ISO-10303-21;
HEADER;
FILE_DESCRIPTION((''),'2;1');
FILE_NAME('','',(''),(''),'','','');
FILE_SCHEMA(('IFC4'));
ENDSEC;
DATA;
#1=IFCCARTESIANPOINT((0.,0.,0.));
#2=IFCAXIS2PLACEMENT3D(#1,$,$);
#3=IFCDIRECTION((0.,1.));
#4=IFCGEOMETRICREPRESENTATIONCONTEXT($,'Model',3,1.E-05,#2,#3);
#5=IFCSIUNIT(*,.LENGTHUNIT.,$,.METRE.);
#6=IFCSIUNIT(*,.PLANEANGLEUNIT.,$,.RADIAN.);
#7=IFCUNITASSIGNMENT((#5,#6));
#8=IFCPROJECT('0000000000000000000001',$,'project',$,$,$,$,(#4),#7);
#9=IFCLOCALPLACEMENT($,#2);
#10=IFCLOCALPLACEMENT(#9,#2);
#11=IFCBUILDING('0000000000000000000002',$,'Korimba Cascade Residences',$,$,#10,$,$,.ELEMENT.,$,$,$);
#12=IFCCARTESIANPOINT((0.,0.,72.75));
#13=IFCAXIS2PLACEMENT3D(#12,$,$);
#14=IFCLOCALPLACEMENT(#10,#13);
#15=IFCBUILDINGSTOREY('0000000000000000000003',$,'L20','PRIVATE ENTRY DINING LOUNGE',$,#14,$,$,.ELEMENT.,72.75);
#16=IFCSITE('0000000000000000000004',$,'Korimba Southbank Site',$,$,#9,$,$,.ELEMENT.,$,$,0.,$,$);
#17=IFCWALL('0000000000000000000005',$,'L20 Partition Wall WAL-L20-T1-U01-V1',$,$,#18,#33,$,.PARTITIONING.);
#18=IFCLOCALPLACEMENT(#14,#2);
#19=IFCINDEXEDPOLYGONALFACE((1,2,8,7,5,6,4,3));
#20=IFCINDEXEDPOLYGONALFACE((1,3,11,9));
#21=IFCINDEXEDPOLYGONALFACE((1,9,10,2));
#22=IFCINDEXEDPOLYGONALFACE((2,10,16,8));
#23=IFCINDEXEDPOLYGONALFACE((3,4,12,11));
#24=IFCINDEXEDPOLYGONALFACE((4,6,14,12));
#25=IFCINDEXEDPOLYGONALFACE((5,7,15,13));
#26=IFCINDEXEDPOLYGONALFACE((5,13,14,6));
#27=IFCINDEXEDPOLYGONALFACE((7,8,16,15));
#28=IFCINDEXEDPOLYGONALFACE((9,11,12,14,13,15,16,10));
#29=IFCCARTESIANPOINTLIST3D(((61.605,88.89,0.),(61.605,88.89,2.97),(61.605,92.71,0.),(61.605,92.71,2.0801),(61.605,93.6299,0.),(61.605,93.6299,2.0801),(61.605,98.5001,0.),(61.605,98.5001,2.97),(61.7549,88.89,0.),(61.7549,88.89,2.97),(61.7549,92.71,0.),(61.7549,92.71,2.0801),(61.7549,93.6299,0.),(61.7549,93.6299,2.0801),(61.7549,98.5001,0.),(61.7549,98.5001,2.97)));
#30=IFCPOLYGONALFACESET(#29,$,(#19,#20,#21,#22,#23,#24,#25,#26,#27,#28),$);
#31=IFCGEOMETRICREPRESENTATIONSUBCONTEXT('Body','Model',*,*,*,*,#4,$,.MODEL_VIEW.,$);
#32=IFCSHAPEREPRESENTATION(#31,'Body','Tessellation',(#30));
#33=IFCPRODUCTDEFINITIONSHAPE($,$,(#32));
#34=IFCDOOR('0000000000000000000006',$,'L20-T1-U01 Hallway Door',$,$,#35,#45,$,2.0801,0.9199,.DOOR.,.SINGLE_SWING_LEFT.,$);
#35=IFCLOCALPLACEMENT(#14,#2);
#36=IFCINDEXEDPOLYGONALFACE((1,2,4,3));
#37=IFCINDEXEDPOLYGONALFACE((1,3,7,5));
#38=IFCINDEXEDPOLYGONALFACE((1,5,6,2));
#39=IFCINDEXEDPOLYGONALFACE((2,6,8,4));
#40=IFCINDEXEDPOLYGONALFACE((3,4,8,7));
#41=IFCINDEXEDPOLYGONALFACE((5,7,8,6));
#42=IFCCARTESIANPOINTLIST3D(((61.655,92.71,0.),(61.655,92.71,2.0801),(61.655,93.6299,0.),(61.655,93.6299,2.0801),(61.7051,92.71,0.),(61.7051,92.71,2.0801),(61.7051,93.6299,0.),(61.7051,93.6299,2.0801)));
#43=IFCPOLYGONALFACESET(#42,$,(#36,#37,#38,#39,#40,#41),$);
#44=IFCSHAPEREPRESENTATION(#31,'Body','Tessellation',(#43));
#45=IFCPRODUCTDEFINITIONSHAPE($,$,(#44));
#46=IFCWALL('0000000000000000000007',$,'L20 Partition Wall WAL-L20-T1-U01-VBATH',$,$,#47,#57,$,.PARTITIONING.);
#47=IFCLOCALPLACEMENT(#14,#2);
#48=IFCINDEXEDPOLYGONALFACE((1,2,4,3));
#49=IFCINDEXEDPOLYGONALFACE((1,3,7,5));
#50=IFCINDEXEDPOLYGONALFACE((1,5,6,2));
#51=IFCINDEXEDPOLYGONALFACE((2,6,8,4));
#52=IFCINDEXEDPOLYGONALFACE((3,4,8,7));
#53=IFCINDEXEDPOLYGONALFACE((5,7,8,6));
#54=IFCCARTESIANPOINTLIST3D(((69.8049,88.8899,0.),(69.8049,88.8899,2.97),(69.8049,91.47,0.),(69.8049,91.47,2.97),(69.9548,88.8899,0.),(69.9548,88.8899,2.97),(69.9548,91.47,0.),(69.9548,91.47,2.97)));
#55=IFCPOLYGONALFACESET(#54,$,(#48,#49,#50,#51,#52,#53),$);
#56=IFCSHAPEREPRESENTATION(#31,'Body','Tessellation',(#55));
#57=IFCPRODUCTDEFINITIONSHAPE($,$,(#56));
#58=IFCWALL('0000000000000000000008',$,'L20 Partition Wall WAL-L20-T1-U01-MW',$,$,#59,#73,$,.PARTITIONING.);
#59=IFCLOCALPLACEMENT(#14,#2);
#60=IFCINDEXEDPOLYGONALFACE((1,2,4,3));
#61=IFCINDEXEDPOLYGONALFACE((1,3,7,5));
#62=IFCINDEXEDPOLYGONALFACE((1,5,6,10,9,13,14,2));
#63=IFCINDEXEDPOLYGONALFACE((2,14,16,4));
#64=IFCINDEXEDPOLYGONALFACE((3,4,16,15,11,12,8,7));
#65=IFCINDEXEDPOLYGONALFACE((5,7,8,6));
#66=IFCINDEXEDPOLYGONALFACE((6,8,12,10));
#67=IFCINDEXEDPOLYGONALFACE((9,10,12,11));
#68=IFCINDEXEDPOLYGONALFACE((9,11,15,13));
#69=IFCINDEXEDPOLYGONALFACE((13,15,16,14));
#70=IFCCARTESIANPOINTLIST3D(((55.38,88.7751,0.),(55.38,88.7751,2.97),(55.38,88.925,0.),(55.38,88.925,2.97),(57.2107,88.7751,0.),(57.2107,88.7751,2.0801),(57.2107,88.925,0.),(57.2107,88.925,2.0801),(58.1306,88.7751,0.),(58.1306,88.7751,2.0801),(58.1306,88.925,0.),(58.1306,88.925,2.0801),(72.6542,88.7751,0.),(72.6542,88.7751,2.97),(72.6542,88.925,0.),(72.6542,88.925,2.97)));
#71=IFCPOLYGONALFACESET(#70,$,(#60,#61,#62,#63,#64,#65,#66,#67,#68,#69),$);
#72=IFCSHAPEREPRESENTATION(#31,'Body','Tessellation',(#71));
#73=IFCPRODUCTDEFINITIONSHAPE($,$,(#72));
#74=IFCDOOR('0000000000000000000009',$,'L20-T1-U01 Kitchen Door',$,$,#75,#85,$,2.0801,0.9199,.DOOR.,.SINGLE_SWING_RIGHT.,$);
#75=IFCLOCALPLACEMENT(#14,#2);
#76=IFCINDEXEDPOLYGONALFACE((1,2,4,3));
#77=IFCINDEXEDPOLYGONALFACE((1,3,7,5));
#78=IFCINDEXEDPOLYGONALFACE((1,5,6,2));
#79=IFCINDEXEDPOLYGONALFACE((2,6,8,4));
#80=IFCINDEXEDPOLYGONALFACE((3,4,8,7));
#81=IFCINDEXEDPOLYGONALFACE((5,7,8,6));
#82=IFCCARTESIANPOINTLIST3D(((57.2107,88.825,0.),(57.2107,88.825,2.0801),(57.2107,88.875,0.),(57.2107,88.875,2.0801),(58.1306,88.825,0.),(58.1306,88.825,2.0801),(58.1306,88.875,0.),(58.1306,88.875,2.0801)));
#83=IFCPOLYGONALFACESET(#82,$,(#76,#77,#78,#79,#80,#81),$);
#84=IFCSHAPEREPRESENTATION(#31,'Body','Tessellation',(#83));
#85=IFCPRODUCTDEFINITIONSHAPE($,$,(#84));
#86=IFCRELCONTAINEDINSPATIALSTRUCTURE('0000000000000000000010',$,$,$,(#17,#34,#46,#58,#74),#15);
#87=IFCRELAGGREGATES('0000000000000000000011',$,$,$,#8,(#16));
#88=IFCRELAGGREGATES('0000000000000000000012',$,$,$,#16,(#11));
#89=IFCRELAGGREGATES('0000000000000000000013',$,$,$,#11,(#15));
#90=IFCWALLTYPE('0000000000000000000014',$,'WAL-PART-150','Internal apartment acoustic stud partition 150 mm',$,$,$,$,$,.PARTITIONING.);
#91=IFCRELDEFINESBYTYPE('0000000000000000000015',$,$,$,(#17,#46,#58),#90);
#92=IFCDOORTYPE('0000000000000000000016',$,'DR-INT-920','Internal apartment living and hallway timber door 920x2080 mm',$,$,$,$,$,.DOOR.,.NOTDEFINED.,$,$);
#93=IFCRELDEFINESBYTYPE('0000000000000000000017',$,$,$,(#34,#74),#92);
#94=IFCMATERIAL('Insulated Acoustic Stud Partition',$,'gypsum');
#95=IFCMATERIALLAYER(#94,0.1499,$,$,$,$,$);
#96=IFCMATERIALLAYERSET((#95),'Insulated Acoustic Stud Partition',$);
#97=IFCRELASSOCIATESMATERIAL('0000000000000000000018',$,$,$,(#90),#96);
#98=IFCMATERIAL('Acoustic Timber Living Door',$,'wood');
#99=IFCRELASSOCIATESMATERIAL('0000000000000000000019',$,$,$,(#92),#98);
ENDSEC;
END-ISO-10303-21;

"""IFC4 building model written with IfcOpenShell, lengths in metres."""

from ifc_helpers import new_model, si_unit, direction, frame, frame_2d, origin, place, context, subcontext, project, spatial, rectangle, extrude, material, layer, layer_set, type_object, element, fill, save


model = new_model("IFC4")

# Units and contexts
model_context = context("Model", 3, precision=1e-05, world=origin(), true_north=direction((0.0, 1.0)))
body_context = subcontext(model_context, "Body", "Model", "MODEL_VIEW")
ifc_project = project(units=[si_unit("LENGTHUNIT", "METRE"), si_unit("PLANEANGLEUNIT", "RADIAN")], contexts=[model_context])

# Site, building, storey
site_placement = place(None, origin())
site = spatial("IfcSite", under=ifc_project, at=site_placement, Name="Korimba Southbank Site", CompositionType="ELEMENT", RefElevation=0.0)
building_placement = place(site_placement, origin())
building = spatial("IfcBuilding", under=site, at=building_placement, Name="Korimba Cascade Residences", CompositionType="ELEMENT")
storey_placement = place(building_placement, frame((0.0, 0.0, 72.75)))
storey = spatial("IfcBuildingStorey", under=building, at=storey_placement, Name="L20", Description="PRIVATE ENTRY DINING LOUNGE", CompositionType="ELEMENT", Elevation=72.75)

# Shared definitions
ifc_material_1 = material(Name="Insulated Acoustic Stud Partition", Category="gypsum")
ifc_layer_1 = layer(ifc_material_1, 0.1499)
ifc_layer_set_1 = layer_set([ifc_layer_1], Name="Insulated Acoustic Stud Partition")
wall_type_1 = type_object("IfcWallType", Name="WAL-PART-150", Description="Internal apartment acoustic stud partition 150 mm", PredefinedType="PARTITIONING", material=ifc_layer_set_1)

# Wall, opening, door
wall_1_placement = place(storey_placement, frame((61.6799, 88.8899, 0.0), z_axis=(0.0, 0.0, 1.0), x_axis=(0.0, 1.0, 0.0)))
wall_1 = element("IfcWall", 1, at=wall_1_placement, inside=storey, type_object=wall_type_1, Name="L20 Partition Wall WAL-L20-T1-U01-V1", PredefinedType="PARTITIONING", context=body_context, shape_type="SweptSolid", body=[
    extrude(rectangle(XDim=9.6101, YDim=0.1499, at=frame_2d((4.8052, 0.0))), origin(), (0.0, 0.0, 1.0), 2.97),
])
opening_1_placement = place(wall_1_placement, frame((3.8201, 0.0, 0.0)))
opening_1 = element("IfcOpeningElement", 2, at=opening_1_placement, cuts=wall_1, PredefinedType="OPENING", context=body_context, shape_type="SweptSolid", body=[
    extrude(rectangle(XDim=0.9199, YDim=2.0801, at=frame_2d((0.46, 1.04))), frame((0.0, 0.085, 0.0), z_axis=(0.0, -1.0, 0.0), x_axis=(1.0, 0.0, 0.0)), (0.0, 0.0, 1.0), 0.1699),
])
ifc_material_2 = material(Name="Acoustic Timber Living Door", Category="wood")
door_type_1 = type_object("IfcDoorType", Name="DR-INT-920", Description="Internal apartment living and hallway timber door 920x2080 mm", OperationType="NOTDEFINED", PredefinedType="DOOR", material=ifc_material_2)
door_1_placement = place(opening_1_placement, origin())
door_1 = element("IfcDoor", 3, at=door_1_placement, inside=storey, type_object=door_type_1, Name="L20-T1-U01 Hallway Door", OperationType="SINGLE_SWING_LEFT", OverallHeight=2.0801, OverallWidth=0.9199, PredefinedType="DOOR", context=body_context, shape_type="SweptSolid", body=[
    extrude(rectangle(XDim=0.9199, YDim=2.0801, at=frame_2d((0.46, 1.04))), frame((0.0, 0.0249, 0.0), z_axis=(0.0, -1.0, 0.0), x_axis=(1.0, 0.0, 0.0)), (0.0, 0.0, 1.0), 0.05),
])
fill(opening_1, door_1)

# Wall
wall_2_placement = place(storey_placement, frame((69.8799, 88.8899, 0.0), z_axis=(0.0, 0.0, 1.0), x_axis=(0.0, 1.0, 0.0)))
element("IfcWall", 4, at=wall_2_placement, inside=storey, type_object=wall_type_1, Name="L20 Partition Wall WAL-L20-T1-U01-VBATH", PredefinedType="PARTITIONING", context=body_context, shape_type="SweptSolid", body=[
    extrude(rectangle(XDim=2.5801, YDim=0.1499, at=frame_2d((1.29, 0.0))), origin(), (0.0, 0.0, 1.0), 2.97),
])

# Wall, opening, door
wall_3_placement = place(storey_placement, frame((55.3799, 88.8501, 0.0), z_axis=(0.0, 0.0, 1.0), x_axis=(1.0, 0.0, 0.0)))
wall_3 = element("IfcWall", 5, at=wall_3_placement, inside=storey, type_object=wall_type_1, Name="L20 Partition Wall WAL-L20-T1-U01-MW", PredefinedType="PARTITIONING", context=body_context, shape_type="SweptSolid", body=[
    extrude(rectangle(XDim=17.2742, YDim=0.1499, at=frame_2d((8.6372, 0.0))), origin(), (0.0, 0.0, 1.0), 2.97),
])
opening_2_placement = place(wall_3_placement, frame((1.8308, 0.0, 0.0)))
opening_2 = element("IfcOpeningElement", 6, at=opening_2_placement, cuts=wall_3, PredefinedType="OPENING", context=body_context, shape_type="SweptSolid", body=[
    extrude(rectangle(XDim=0.9199, YDim=2.0801, at=frame_2d((0.46, 1.04))), frame((0.0, 0.085, 0.0), z_axis=(0.0, -1.0, 0.0), x_axis=(1.0, 0.0, 0.0)), (0.0, 0.0, 1.0), 0.1699),
])
door_2_placement = place(opening_2_placement, origin())
door_2 = element("IfcDoor", 7, at=door_2_placement, inside=storey, type_object=door_type_1, Name="L20-T1-U01 Kitchen Door", OperationType="SINGLE_SWING_RIGHT", OverallHeight=2.0801, OverallWidth=0.9199, PredefinedType="DOOR", context=body_context, shape_type="SweptSolid", body=[
    extrude(rectangle(XDim=0.9199, YDim=2.0801, at=frame_2d((0.46, 1.04))), frame((0.0, 0.0249, 0.0), z_axis=(0.0, -1.0, 0.0), x_axis=(1.0, 0.0, 0.0)), (0.0, 0.0, 1.0), 0.05),
])
fill(opening_2, door_2)

save(model, "model.ifc")
